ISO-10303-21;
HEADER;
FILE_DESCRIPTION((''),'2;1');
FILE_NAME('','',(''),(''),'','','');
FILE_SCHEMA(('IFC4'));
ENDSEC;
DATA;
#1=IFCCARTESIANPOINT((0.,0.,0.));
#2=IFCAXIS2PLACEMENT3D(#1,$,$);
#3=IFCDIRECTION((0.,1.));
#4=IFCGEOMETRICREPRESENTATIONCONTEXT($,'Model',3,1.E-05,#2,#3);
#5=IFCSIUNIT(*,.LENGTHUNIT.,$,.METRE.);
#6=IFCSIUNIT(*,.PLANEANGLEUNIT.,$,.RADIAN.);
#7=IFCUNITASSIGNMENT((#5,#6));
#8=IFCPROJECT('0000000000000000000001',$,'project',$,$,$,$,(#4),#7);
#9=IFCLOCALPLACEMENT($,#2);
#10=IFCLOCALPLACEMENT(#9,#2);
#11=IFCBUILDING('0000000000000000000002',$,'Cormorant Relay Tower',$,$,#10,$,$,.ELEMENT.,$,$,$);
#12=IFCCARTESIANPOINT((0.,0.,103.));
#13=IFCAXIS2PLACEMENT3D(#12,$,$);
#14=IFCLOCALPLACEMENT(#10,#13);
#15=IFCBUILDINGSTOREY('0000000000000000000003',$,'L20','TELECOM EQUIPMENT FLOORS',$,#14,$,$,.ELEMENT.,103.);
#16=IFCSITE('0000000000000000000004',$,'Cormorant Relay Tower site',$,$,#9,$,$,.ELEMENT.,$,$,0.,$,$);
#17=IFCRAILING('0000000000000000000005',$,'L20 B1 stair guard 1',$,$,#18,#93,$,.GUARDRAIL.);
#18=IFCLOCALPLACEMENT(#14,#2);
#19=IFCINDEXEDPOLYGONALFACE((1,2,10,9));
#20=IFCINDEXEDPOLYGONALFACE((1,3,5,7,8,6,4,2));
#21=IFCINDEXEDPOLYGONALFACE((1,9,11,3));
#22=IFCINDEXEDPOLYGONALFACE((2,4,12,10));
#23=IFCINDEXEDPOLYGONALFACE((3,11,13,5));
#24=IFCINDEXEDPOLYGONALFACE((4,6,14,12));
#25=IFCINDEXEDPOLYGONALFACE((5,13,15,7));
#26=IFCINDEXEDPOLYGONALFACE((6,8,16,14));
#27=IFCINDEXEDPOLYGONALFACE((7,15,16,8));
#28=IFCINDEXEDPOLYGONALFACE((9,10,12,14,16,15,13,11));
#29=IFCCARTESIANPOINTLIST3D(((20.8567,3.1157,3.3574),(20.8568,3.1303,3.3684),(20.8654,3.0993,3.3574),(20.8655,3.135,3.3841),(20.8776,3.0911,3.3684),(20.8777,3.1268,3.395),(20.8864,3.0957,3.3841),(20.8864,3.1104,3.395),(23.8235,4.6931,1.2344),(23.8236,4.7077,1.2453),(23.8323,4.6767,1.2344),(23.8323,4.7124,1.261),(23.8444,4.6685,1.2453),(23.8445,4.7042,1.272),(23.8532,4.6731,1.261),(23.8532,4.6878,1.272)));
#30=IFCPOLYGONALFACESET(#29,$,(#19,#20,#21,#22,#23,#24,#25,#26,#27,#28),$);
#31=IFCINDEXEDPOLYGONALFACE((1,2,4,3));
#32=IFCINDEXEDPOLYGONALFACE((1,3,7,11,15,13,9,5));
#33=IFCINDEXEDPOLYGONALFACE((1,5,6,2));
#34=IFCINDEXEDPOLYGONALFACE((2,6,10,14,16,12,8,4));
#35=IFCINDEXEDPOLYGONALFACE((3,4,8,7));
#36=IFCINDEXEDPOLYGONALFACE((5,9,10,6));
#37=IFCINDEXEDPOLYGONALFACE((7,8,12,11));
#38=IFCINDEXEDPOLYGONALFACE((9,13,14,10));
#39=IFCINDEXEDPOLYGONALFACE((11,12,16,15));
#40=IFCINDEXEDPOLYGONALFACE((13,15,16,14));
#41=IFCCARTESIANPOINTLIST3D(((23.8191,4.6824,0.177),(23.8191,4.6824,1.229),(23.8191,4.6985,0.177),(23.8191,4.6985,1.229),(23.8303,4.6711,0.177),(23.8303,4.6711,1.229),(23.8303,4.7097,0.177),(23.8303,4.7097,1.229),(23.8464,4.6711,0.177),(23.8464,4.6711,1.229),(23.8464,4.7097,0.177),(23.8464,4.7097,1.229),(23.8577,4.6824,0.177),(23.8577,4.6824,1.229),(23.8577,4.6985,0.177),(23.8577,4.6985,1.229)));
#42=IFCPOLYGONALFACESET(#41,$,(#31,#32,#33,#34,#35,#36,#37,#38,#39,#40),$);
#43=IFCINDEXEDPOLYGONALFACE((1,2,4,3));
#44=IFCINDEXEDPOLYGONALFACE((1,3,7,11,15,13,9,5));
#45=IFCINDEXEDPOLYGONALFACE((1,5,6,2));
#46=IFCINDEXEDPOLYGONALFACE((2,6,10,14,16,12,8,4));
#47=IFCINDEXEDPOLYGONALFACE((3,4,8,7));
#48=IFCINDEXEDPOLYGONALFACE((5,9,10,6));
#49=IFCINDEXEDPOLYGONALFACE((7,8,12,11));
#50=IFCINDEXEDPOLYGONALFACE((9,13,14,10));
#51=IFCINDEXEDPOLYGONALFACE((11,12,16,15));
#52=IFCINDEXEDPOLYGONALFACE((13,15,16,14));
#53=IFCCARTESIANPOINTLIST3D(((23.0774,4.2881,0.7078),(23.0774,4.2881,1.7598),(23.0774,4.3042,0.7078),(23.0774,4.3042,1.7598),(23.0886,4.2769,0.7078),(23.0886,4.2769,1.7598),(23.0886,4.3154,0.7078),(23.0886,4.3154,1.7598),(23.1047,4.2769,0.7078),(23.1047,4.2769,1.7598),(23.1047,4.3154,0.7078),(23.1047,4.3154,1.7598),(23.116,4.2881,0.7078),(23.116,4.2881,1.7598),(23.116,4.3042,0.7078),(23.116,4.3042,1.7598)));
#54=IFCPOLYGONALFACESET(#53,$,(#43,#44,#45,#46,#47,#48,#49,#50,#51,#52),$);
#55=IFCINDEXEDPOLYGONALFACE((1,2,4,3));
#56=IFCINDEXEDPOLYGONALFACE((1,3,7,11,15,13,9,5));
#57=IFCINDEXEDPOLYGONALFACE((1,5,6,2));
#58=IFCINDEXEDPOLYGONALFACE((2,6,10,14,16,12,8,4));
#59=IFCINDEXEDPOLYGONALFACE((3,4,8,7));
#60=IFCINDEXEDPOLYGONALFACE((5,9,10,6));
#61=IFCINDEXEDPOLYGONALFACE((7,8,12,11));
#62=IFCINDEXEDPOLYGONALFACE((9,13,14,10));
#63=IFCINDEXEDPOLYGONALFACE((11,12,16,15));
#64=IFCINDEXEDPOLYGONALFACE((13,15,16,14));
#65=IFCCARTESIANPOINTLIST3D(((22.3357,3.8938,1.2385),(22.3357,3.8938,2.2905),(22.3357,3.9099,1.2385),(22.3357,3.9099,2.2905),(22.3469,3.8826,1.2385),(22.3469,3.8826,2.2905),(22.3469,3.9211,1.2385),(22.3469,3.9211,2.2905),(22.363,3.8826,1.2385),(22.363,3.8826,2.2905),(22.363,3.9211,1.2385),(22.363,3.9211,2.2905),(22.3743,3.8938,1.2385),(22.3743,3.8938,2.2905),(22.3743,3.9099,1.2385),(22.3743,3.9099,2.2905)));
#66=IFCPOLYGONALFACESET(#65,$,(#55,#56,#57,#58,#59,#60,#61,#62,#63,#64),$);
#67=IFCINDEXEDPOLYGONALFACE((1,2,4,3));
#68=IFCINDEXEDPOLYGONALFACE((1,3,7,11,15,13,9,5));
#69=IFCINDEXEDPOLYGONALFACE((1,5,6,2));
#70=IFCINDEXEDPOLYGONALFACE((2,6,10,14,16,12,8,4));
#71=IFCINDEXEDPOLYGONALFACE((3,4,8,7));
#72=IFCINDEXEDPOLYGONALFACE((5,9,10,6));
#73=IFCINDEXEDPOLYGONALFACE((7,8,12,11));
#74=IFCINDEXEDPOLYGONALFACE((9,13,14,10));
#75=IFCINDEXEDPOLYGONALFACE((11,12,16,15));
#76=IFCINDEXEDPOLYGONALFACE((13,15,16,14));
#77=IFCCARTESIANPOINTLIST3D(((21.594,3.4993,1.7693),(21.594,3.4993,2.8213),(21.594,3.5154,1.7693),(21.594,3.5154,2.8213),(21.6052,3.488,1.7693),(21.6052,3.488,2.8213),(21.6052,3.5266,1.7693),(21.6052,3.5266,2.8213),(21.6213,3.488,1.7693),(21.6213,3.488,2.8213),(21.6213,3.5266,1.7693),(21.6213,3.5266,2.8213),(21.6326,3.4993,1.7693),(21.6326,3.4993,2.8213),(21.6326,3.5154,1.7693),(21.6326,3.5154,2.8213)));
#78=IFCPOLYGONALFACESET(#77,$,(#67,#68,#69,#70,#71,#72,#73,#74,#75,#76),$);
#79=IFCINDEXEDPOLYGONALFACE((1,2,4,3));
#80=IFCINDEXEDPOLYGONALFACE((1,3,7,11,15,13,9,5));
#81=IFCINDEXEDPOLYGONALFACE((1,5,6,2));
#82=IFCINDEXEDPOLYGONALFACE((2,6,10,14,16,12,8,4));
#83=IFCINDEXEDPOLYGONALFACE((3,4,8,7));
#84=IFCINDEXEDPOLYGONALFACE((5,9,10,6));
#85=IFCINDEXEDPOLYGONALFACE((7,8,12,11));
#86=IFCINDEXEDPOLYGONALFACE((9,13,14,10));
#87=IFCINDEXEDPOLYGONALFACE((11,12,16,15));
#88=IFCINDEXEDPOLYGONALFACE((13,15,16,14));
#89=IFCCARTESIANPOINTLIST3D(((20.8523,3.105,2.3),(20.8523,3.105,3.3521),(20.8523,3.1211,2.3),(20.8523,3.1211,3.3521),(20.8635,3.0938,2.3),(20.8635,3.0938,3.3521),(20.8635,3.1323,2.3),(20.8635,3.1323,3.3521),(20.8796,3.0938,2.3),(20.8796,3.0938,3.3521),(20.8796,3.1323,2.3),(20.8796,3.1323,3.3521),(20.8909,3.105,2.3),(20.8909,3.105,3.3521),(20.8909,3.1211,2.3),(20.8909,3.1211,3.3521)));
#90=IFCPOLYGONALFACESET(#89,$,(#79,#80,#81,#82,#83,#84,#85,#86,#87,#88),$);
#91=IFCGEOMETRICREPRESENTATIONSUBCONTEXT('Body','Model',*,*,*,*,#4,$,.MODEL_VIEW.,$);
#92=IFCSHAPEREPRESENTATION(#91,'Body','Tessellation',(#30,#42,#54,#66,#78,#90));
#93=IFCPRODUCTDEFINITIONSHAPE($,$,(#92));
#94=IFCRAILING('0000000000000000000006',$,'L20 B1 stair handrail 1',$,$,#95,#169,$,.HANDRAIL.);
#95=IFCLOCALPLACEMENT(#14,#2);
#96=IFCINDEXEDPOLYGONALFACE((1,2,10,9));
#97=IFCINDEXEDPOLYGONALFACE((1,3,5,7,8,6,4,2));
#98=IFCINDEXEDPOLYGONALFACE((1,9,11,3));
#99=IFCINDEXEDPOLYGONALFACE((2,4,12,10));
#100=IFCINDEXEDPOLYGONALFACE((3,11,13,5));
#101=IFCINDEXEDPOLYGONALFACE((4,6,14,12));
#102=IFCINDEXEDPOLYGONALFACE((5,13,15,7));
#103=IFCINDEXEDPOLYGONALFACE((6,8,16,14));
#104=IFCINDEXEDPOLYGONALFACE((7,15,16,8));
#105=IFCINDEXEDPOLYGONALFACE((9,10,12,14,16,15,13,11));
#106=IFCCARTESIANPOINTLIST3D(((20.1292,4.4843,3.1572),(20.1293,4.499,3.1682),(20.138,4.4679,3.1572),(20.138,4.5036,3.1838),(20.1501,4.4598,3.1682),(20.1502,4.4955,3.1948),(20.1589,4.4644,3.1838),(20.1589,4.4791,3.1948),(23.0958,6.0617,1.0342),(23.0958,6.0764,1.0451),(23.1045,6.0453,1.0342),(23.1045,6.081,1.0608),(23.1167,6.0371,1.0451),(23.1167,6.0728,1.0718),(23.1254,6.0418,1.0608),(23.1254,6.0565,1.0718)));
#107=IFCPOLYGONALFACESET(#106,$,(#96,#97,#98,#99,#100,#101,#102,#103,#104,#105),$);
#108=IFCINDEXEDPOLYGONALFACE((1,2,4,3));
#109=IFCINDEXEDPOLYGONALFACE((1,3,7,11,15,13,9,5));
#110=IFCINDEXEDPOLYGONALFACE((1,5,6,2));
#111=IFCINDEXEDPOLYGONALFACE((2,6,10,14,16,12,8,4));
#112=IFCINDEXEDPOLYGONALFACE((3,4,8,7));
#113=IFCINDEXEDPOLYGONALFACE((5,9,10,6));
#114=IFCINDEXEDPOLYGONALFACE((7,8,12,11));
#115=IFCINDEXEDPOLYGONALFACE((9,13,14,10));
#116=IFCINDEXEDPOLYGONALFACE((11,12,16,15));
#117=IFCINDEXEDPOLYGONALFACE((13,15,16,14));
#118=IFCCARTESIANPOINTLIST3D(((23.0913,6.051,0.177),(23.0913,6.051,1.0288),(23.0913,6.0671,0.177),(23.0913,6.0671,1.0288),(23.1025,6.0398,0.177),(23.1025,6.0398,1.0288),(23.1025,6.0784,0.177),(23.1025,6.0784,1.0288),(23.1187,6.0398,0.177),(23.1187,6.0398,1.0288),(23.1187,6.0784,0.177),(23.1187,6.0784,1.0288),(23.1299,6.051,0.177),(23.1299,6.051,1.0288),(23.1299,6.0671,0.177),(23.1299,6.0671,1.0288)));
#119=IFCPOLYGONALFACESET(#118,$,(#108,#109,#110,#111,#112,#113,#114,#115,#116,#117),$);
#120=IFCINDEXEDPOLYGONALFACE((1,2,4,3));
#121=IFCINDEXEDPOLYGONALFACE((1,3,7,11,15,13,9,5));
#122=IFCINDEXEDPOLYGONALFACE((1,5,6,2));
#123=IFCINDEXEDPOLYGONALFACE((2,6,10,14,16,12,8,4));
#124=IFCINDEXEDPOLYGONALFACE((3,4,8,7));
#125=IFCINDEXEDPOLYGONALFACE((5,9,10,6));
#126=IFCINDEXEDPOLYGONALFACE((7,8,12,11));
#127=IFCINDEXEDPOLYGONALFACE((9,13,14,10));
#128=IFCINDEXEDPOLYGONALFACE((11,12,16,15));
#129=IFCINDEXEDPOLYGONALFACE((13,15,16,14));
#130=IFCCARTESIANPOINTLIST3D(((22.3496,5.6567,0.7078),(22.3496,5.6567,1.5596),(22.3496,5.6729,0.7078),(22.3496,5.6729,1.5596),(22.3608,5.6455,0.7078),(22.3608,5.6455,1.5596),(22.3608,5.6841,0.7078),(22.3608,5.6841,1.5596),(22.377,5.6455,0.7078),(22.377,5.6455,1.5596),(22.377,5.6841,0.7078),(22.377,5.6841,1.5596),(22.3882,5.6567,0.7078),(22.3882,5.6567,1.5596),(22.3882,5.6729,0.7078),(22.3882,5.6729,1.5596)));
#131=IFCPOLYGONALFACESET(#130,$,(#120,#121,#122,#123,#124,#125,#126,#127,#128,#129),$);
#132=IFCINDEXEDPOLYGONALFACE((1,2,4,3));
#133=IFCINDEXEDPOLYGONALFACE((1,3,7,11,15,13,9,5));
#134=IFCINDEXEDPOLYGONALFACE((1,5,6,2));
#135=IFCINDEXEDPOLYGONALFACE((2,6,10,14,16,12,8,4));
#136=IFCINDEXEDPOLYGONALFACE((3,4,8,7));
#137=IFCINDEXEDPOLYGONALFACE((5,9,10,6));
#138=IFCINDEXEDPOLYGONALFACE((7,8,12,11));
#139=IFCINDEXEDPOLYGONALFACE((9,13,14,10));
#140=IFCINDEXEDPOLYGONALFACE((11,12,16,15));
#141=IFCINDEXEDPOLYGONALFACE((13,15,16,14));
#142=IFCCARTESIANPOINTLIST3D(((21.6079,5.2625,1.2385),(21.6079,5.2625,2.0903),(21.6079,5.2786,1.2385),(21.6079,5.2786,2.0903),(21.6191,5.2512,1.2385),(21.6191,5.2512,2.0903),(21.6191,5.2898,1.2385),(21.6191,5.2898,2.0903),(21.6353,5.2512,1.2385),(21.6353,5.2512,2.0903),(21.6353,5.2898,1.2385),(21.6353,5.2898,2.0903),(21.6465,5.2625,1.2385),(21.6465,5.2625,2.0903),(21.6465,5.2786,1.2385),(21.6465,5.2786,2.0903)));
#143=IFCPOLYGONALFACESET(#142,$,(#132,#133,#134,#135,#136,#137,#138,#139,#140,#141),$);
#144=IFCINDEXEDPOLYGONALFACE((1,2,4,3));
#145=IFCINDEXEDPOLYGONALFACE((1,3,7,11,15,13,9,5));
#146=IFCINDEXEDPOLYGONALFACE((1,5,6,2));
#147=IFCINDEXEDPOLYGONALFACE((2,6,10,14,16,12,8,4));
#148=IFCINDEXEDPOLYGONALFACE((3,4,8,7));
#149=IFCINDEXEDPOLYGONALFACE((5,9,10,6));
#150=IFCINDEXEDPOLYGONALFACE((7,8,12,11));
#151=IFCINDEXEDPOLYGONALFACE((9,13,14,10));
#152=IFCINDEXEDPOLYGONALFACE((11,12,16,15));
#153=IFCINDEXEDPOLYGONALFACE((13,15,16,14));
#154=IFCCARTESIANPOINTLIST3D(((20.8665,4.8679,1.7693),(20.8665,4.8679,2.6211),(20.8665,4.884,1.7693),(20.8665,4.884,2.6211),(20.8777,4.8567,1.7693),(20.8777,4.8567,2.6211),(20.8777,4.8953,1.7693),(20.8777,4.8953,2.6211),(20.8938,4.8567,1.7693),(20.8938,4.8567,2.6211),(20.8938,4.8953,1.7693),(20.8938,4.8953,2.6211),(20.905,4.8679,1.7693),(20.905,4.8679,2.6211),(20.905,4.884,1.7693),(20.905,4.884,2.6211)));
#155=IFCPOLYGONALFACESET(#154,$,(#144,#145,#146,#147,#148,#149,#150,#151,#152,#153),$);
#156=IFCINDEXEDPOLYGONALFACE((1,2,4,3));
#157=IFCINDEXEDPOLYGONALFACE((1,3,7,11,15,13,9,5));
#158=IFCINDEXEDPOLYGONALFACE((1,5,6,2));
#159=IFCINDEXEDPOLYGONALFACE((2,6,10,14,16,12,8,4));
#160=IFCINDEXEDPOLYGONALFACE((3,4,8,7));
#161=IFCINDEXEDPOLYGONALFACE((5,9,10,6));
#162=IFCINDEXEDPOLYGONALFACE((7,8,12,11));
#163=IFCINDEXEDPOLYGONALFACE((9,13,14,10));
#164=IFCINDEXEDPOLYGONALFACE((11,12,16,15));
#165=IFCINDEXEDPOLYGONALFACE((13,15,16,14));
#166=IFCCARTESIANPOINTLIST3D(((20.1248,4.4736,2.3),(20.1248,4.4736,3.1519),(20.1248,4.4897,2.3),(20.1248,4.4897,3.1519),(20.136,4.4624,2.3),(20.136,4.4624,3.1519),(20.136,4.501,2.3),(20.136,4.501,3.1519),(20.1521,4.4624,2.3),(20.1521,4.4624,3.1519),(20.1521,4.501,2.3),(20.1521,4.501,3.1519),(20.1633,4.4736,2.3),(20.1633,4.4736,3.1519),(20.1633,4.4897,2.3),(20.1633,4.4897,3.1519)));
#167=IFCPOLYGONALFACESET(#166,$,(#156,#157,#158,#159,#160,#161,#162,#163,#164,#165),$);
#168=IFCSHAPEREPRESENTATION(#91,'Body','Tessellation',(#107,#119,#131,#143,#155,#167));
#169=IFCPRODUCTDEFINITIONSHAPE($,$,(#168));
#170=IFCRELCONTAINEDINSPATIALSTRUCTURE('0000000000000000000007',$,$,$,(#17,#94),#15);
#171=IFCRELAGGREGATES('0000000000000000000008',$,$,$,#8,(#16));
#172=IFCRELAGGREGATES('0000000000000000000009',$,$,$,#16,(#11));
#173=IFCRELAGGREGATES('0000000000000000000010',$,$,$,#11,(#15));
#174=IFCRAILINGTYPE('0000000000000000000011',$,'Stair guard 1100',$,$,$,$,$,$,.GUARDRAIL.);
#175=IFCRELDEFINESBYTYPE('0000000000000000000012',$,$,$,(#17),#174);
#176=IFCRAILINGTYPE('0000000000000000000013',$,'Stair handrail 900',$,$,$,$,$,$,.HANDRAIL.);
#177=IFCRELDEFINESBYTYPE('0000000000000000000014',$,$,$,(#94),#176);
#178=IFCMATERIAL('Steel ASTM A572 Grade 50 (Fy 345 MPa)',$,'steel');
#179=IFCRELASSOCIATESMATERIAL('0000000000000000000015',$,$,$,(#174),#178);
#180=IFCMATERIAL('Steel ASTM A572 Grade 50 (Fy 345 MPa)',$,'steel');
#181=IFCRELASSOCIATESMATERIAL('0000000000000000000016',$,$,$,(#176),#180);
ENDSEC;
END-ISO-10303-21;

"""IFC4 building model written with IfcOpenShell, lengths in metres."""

from ifc_helpers import new_model, si_unit, direction, frame, origin, place, context, subcontext, project, spatial, polyline, outline, extrude, material, type_object, element, save


model = new_model("IFC4")

# Units and contexts
model_context = context("Model", 3, precision=1e-05, world=origin(), true_north=direction((0.0, 1.0)))
body_context = subcontext(model_context, "Body", "Model", "MODEL_VIEW")
ifc_project = project(units=[si_unit("LENGTHUNIT", "METRE"), si_unit("PLANEANGLEUNIT", "RADIAN")], contexts=[model_context])

# Site, building, storey
site_placement = place(None, origin())
site = spatial("IfcSite", under=ifc_project, at=site_placement, Name="Cormorant Relay Tower site", CompositionType="ELEMENT", RefElevation=0.0)
building_placement = place(site_placement, origin())
building = spatial("IfcBuilding", under=site, at=building_placement, Name="Cormorant Relay Tower", CompositionType="ELEMENT")
storey_placement = place(building_placement, frame((0.0, 0.0, 103.0)))
storey = spatial("IfcBuildingStorey", under=building, at=storey_placement, Name="L20", Description="TELECOM EQUIPMENT FLOORS", CompositionType="ELEMENT", Elevation=103.0)

# Railings
ifc_material_1 = material(Name="Steel ASTM A572 Grade 50 (Fy 345 MPa)", Category="steel")
railing_type_1 = type_object("IfcRailingType", Name="Stair guard 1100", PredefinedType="GUARDRAIL", material=ifc_material_1)
railing_1_placement = place(storey_placement, frame((23.8384, 4.6904, 0.177)))
element("IfcRailing", 1, at=railing_1_placement, inside=storey, type_object=railing_type_1, Name="L20 B1 stair guard 1", PredefinedType="GUARDRAIL", context=body_context, shape_type="SweptSolid", body=[
    extrude(outline(polyline([(0.0222, 0.0093), (0.0093, 0.0222), (-0.0093, 0.0222), (-0.0222, 0.0093), (-0.0222, -0.0093), (-0.0093, -0.0222), (0.0093, -0.0222), (0.0222, -0.0093), (0.0222, 0.0093)])), frame((0.0, 0.0, 1.0762), z_axis=(-0.746441, -0.396869, 0.534155), x_axis=(0.469453, -0.882958, 0.0)), (0.0, 0.0, 1.0), 3.9746),
    extrude(outline(polyline([(0.0193, 0.0081), (0.0081, 0.0193), (-0.0081, 0.0193), (-0.0193, 0.0081), (-0.0193, -0.0081), (-0.0081, -0.0193), (0.0081, -0.0193), (0.0193, -0.0081), (0.0193, 0.0081)])), origin(), (0.0, 0.0, 1.0), 1.052),
    extrude(outline(polyline([(0.0193, 0.0081), (0.0081, 0.0193), (-0.0081, 0.0193), (-0.0193, 0.0081), (-0.0193, -0.0081), (-0.0081, -0.0193), (0.0081, -0.0193), (0.0193, -0.0081), (0.0193, 0.0081)])), frame((-0.7417, -0.3943, 0.5308)), (0.0, 0.0, 1.0), 1.052),
    extrude(outline(polyline([(0.0193, 0.0081), (0.0081, 0.0193), (-0.0081, 0.0193), (-0.0193, 0.0081), (-0.0193, -0.0081), (-0.0081, -0.0193), (0.0081, -0.0193), (0.0193, -0.0081), (0.0193, 0.0081)])), frame((-1.4834, -0.7886, 1.0615)), (0.0, 0.0, 1.0), 1.052),
    extrude(outline(polyline([(0.0193, 0.0081), (0.0081, 0.0193), (-0.0081, 0.0193), (-0.0193, 0.0081), (-0.0193, -0.0081), (-0.0081, -0.0193), (0.0081, -0.0193), (0.0193, -0.0081), (0.0193, 0.0081)])), frame((-2.2251, -1.1831, 1.5923)), (0.0, 0.0, 1.0), 1.052),
    extrude(outline(polyline([(0.0193, 0.0081), (0.0081, 0.0193), (-0.0081, 0.0193), (-0.0193, 0.0081), (-0.0193, -0.0081), (-0.0081, -0.0193), (0.0081, -0.0193), (0.0193, -0.0081), (0.0193, 0.0081)])), frame((-2.9668, -1.5774, 2.123)), (0.0, 0.0, 1.0), 1.052),
])
ifc_material_2 = material(Name="Steel ASTM A572 Grade 50 (Fy 345 MPa)", Category="steel")
railing_type_2 = type_object("IfcRailingType", Name="Stair handrail 900", PredefinedType="HANDRAIL", material=ifc_material_2)
railing_2_placement = place(storey_placement, frame((23.1106, 6.0591, 0.177)))
element("IfcRailing", 2, at=railing_2_placement, inside=storey, type_object=railing_type_2, Name="L20 B1 stair handrail 1", PredefinedType="HANDRAIL", context=body_context, shape_type="SweptSolid", body=[
    extrude(outline(polyline([(0.0222, 0.0093), (0.0093, 0.0222), (-0.0093, 0.0222), (-0.0222, 0.0093), (-0.0222, -0.0093), (-0.0093, -0.0222), (0.0093, -0.0222), (0.0222, -0.0093), (0.0222, 0.0093)])), frame((0.0, 0.0, 0.876), z_axis=(-0.746413, -0.396887, 0.534179), x_axis=(0.469483, -0.882942, 0.0)), (0.0, 0.0, 1.0), 3.9744),
    extrude(outline(polyline([(0.0193, 0.0081), (0.0081, 0.0193), (-0.0081, 0.0193), (-0.0193, 0.0081), (-0.0193, -0.0081), (-0.0081, -0.0193), (0.0081, -0.0193), (0.0193, -0.0081), (0.0193, 0.0081)])), origin(), (0.0, 0.0, 1.0), 0.8518),
    extrude(outline(polyline([(0.0193, 0.0081), (0.0081, 0.0193), (-0.0081, 0.0193), (-0.0193, 0.0081), (-0.0193, -0.0081), (-0.0081, -0.0193), (0.0081, -0.0193), (0.0193, -0.0081), (0.0193, 0.0081)])), frame((-0.7417, -0.3943, 0.5308)), (0.0, 0.0, 1.0), 0.8518),
    extrude(outline(polyline([(0.0193, 0.0081), (0.0081, 0.0193), (-0.0081, 0.0193), (-0.0193, 0.0081), (-0.0193, -0.0081), (-0.0081, -0.0193), (0.0081, -0.0193), (0.0193, -0.0081), (0.0193, 0.0081)])), frame((-1.4834, -0.7886, 1.0615)), (0.0, 0.0, 1.0), 0.8518),
    extrude(outline(polyline([(0.0193, 0.0081), (0.0081, 0.0193), (-0.0081, 0.0193), (-0.0193, 0.0081), (-0.0193, -0.0081), (-0.0081, -0.0193), (0.0081, -0.0193), (0.0193, -0.0081), (0.0193, 0.0081)])), frame((-2.2249, -1.1831, 1.5923)), (0.0, 0.0, 1.0), 0.8518),
    extrude(outline(polyline([(0.0193, 0.0081), (0.0081, 0.0193), (-0.0081, 0.0193), (-0.0193, 0.0081), (-0.0193, -0.0081), (-0.0081, -0.0193), (0.0081, -0.0193), (0.0193, -0.0081), (0.0193, 0.0081)])), frame((-2.9666, -1.5774, 2.123)), (0.0, 0.0, 1.0), 0.8518),
])

save(model, "model.ifc")
